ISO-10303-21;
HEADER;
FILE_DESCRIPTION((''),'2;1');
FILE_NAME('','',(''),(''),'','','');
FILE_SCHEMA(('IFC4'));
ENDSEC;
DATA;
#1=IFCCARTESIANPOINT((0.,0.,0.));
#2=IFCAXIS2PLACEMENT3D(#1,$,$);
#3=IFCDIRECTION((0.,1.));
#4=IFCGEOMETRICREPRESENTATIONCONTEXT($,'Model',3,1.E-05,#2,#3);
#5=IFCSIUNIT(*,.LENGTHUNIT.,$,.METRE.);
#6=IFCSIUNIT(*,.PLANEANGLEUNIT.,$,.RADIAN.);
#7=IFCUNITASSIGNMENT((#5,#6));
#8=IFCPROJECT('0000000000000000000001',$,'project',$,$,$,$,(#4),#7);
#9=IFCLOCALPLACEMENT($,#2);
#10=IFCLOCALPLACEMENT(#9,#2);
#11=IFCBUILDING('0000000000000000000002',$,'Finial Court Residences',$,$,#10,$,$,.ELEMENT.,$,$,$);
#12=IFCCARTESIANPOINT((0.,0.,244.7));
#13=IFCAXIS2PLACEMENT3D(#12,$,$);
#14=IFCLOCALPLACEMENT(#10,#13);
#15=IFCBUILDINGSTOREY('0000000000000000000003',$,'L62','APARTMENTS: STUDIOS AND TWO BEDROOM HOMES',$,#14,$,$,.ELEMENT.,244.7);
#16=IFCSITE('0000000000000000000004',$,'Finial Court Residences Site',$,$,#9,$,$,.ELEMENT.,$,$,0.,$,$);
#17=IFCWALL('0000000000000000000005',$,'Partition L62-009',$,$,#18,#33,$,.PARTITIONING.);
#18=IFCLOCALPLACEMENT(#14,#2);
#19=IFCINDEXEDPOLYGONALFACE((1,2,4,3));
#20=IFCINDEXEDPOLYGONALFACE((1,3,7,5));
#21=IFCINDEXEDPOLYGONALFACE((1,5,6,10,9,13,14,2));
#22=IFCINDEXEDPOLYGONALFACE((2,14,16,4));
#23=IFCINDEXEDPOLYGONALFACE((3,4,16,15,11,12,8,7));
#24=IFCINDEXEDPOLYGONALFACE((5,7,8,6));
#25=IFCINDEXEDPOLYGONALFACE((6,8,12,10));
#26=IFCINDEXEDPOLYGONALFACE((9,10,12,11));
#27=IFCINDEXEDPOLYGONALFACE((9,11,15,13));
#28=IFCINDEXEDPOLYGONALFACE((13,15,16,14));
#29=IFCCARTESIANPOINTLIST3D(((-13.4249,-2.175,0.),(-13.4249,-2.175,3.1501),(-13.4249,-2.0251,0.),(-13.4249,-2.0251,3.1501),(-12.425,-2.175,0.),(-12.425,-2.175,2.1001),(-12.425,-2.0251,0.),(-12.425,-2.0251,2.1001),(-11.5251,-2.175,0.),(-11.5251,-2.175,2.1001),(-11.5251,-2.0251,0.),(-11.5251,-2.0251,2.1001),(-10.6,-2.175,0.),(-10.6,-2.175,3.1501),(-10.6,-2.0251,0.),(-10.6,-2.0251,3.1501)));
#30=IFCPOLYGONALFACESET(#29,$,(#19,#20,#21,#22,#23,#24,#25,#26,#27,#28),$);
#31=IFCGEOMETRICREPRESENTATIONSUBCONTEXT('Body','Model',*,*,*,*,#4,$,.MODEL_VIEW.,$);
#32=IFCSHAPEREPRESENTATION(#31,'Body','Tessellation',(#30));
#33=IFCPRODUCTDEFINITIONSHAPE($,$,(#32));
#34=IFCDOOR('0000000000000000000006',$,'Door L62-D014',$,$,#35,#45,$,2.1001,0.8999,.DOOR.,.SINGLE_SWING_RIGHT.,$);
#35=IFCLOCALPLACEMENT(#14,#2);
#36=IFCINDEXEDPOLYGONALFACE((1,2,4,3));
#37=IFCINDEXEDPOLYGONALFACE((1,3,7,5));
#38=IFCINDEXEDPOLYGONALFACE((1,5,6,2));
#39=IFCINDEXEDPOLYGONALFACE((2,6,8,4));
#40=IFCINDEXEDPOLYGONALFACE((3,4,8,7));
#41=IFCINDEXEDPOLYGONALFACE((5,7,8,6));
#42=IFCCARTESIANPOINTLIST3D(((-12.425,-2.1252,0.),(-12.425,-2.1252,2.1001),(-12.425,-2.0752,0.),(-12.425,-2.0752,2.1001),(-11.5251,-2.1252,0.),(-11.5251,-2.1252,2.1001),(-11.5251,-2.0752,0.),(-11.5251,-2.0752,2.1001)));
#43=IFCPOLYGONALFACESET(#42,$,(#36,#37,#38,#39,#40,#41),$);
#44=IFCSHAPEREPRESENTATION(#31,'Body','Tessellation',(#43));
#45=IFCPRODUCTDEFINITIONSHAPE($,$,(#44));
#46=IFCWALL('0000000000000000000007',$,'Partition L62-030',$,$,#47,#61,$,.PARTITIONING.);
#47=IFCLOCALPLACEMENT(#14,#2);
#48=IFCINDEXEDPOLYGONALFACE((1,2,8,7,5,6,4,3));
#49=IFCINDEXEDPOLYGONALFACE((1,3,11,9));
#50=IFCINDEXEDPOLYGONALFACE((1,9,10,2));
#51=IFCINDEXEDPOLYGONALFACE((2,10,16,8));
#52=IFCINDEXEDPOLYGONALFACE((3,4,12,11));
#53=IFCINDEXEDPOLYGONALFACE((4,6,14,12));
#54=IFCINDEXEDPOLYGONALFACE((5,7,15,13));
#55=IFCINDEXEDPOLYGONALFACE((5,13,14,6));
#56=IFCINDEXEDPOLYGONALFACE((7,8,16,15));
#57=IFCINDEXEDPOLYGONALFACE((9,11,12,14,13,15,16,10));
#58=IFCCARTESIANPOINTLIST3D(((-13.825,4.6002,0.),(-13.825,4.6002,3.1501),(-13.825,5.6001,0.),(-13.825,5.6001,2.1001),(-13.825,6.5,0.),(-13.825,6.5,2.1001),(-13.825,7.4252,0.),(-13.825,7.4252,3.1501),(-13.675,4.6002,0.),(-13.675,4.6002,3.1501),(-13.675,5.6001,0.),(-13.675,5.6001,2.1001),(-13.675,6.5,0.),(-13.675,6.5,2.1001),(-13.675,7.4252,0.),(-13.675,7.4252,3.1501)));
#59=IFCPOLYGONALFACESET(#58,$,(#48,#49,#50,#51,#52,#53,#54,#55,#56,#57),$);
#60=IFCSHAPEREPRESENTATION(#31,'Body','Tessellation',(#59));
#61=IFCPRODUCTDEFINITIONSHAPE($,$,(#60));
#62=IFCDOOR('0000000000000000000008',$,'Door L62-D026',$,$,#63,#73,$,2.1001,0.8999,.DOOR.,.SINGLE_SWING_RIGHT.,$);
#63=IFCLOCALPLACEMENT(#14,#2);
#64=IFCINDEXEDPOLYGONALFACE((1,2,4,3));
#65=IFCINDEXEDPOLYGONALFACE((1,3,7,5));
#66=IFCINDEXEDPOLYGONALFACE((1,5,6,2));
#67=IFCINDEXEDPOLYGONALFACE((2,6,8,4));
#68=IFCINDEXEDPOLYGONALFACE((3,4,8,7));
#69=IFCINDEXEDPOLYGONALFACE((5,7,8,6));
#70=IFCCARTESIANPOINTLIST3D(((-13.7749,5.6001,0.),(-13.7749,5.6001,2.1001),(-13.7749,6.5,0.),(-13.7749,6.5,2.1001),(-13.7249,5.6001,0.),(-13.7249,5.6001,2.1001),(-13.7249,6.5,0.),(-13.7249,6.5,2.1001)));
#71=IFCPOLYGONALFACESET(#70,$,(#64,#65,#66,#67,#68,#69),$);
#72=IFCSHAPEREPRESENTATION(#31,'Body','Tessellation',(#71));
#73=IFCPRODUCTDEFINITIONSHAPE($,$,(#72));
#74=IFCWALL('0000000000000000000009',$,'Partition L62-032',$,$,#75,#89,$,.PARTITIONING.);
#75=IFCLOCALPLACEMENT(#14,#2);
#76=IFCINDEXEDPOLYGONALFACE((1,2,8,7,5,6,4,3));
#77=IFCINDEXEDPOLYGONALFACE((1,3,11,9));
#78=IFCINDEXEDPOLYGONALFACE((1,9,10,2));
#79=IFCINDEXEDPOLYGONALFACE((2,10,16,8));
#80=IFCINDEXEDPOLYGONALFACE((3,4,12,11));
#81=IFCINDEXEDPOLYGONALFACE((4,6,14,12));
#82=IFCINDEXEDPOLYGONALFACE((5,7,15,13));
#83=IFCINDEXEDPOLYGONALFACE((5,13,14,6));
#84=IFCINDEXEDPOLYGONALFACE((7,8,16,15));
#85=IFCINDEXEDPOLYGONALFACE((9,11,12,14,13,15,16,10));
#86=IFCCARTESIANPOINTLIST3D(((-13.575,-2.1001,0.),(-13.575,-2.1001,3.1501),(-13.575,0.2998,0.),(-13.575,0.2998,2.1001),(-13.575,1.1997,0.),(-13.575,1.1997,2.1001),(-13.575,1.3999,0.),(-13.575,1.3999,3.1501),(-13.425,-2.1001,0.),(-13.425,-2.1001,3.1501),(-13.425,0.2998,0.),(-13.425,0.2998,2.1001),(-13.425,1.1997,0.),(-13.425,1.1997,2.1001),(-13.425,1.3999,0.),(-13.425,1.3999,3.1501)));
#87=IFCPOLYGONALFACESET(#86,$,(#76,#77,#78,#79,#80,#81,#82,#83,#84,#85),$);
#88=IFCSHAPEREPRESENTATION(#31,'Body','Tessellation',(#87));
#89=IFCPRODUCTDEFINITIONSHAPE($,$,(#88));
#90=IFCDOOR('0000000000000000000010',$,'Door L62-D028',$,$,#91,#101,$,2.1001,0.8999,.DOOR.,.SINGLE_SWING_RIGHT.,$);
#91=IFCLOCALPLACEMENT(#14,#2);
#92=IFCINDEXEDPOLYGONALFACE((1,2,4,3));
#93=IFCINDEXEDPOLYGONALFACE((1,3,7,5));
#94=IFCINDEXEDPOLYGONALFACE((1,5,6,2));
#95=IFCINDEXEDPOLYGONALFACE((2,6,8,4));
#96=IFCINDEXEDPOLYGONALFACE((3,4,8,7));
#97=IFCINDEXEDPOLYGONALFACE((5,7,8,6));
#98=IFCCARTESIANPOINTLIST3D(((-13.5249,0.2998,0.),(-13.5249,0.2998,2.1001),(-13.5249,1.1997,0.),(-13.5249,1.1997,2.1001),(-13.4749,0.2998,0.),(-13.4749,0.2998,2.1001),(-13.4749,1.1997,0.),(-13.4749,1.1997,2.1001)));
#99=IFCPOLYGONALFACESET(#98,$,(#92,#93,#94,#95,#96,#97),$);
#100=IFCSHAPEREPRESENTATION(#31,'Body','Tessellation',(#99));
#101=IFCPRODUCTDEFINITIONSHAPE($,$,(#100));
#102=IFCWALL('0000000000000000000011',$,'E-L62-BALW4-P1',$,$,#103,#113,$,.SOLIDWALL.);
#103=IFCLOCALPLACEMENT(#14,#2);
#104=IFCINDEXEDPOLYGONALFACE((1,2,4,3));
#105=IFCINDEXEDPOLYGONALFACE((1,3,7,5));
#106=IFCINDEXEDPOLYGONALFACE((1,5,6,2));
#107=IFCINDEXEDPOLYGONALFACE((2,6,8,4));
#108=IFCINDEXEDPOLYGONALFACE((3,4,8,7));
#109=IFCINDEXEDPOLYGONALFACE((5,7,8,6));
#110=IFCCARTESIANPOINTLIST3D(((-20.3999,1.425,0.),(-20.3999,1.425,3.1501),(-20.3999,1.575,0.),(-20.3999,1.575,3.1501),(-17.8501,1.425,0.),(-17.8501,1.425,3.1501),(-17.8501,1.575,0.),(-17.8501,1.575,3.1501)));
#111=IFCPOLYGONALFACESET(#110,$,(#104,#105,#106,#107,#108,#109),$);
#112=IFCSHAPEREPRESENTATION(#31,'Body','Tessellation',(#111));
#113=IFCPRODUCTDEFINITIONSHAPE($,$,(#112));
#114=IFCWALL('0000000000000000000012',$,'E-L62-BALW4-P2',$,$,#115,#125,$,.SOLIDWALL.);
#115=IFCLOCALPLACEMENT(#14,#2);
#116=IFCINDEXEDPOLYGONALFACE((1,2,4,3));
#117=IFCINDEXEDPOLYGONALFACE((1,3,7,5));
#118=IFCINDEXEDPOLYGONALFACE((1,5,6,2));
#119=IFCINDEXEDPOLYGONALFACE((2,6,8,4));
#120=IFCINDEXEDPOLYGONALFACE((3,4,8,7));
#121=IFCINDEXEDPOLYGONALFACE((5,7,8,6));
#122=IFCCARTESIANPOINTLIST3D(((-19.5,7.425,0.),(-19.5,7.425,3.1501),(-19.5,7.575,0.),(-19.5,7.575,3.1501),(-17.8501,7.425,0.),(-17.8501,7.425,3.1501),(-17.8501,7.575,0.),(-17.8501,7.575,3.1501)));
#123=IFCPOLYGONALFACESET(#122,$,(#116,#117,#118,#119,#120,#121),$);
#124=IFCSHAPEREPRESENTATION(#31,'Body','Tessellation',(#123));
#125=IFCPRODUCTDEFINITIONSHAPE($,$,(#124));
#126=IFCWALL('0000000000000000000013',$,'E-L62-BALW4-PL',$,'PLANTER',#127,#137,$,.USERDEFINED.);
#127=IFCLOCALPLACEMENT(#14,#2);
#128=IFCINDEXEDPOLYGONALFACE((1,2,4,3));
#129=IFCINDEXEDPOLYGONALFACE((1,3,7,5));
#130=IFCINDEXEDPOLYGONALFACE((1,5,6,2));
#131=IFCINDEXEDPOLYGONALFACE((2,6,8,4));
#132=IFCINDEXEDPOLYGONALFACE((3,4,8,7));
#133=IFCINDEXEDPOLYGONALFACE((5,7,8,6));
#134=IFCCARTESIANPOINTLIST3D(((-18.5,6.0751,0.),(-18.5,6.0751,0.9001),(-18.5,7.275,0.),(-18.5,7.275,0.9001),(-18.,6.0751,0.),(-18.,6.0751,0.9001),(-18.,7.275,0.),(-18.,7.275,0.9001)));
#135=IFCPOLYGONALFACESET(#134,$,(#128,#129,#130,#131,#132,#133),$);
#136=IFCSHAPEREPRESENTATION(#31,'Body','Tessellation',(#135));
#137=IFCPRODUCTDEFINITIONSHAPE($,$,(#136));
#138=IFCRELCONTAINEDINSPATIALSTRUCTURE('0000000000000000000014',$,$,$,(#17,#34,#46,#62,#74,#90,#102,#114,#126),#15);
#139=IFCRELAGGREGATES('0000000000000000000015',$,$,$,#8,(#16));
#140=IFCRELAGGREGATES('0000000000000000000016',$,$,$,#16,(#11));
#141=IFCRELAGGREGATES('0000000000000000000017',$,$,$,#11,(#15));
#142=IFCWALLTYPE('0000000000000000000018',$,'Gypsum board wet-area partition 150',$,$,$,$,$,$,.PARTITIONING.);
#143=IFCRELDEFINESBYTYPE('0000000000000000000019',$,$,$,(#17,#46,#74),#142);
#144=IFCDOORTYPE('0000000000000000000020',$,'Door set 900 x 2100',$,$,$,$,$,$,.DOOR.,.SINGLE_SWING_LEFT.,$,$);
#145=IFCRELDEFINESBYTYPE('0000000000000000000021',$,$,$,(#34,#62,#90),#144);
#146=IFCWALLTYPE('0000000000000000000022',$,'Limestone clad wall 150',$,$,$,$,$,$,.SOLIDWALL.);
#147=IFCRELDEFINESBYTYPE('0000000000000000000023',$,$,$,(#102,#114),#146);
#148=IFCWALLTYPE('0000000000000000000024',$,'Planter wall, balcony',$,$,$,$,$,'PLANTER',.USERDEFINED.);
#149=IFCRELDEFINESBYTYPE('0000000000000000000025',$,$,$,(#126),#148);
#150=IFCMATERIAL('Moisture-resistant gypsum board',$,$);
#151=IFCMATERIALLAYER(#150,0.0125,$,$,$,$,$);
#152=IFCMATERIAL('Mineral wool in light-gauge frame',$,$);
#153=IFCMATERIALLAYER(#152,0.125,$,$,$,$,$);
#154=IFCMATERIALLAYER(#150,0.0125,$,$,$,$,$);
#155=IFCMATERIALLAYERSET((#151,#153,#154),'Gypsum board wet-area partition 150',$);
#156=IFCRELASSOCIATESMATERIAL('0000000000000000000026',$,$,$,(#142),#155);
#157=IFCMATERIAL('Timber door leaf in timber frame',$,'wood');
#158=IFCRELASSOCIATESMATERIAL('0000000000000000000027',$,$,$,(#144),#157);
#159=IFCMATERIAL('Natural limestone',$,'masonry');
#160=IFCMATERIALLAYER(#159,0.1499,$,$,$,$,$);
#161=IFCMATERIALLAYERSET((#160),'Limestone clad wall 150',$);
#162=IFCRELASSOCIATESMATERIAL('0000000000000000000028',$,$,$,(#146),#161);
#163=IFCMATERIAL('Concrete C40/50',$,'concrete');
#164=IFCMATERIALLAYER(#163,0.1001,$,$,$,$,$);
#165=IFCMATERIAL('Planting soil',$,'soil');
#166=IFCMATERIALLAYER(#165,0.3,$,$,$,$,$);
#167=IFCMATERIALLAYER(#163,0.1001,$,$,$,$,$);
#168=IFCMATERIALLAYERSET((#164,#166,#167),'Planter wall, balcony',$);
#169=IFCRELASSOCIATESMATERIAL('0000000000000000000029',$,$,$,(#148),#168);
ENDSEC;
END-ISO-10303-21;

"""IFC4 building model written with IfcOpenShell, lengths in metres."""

from ifc_helpers import new_model, si_unit, direction, frame, frame_2d, origin, place, context, subcontext, project, spatial, rectangle, extrude, material, layer, layer_set, type_object, element, fill, save


model = new_model("IFC4")

# Units and contexts
model_context = context("Model", 3, precision=1e-05, world=origin(), true_north=direction((0.0, 1.0)))
body_context = subcontext(model_context, "Body", "Model", "MODEL_VIEW")
ifc_project = project(units=[si_unit("LENGTHUNIT", "METRE"), si_unit("PLANEANGLEUNIT", "RADIAN")], contexts=[model_context])

# Site, building, storey
site_placement = place(None, origin())
site = spatial("IfcSite", under=ifc_project, at=site_placement, Name="Finial Court Residences Site", CompositionType="ELEMENT", RefElevation=0.0)
building_placement = place(site_placement, origin())
building = spatial("IfcBuilding", under=site, at=building_placement, Name="Finial Court Residences", CompositionType="ELEMENT")
storey_placement = place(building_placement, frame((0.0, 0.0, 244.7)))
storey = spatial("IfcBuildingStorey", under=building, at=storey_placement, Name="L62", Description="APARTMENTS: STUDIOS AND TWO BEDROOM HOMES", CompositionType="ELEMENT", Elevation=244.7)

# Shared definitions
ifc_material_1 = material(Name="Mineral wool in light-gauge frame")

# Walls, openings, doors
ifc_material_2 = material(Name="Moisture-resistant gypsum board")
ifc_layer_1 = layer(ifc_material_2, 0.0125)
ifc_layer_2 = layer(ifc_material_1, 0.125)
ifc_layer_3 = layer(ifc_material_2, 0.0125)
ifc_layer_set_1 = layer_set([ifc_layer_1, ifc_layer_2, ifc_layer_3], Name="Gypsum board wet-area partition 150")
wall_type_1 = type_object("IfcWallType", Name="Gypsum board wet-area partition 150", PredefinedType="PARTITIONING", material=ifc_layer_set_1)
wall_1_placement = place(storey_placement, frame((-13.425, -2.1001, 0.0), z_axis=(0.0, 0.0, 1.0), x_axis=(1.0, 0.0, 0.0)))
wall_1 = element("IfcWall", 1, at=wall_1_placement, inside=storey, type_object=wall_type_1, Name="Partition L62-009", PredefinedType="PARTITIONING", context=body_context, shape_type="SweptSolid", body=[
    extrude(rectangle(XDim=2.825, YDim=0.1499, at=frame_2d((1.4126, 0.0))), origin(), (0.0, 0.0, 1.0), 3.1501),
])
opening_1_placement = place(wall_1_placement, frame((1.0, 0.0, 0.0)))
opening_1 = element("IfcOpeningElement", 2, at=opening_1_placement, cuts=wall_1, PredefinedType="OPENING", context=body_context, shape_type="SweptSolid", body=[
    extrude(rectangle(XDim=0.8999, YDim=2.1001, at=frame_2d((0.45, 1.05))), frame((0.0, 0.085, 0.0), z_axis=(0.0, -1.0, 0.0), x_axis=(1.0, 0.0, 0.0)), (0.0, 0.0, 1.0), 0.1699),
])
ifc_material_3 = material(Name="Timber door leaf in timber frame", Category="wood")
door_type_1 = type_object("IfcDoorType", Name="Door set 900 x 2100", OperationType="SINGLE_SWING_LEFT", PredefinedType="DOOR", material=ifc_material_3)
door_1_placement = place(opening_1_placement, origin())
door_1 = element("IfcDoor", 3, at=door_1_placement, inside=storey, type_object=door_type_1, Name="Door L62-D014", OperationType="SINGLE_SWING_RIGHT", OverallHeight=2.1001, OverallWidth=0.8999, PredefinedType="DOOR", context=body_context, shape_type="SweptSolid", body=[
    extrude(rectangle(XDim=0.8999, YDim=2.1001, at=frame_2d((0.45, 1.05))), frame((0.0, 0.0249, 0.0), z_axis=(0.0, -1.0, 0.0), x_axis=(1.0, 0.0, 0.0)), (0.0, 0.0, 1.0), 0.05),
])
fill(opening_1, door_1)
wall_2_placement = place(storey_placement, frame((-13.75, 4.6001, 0.0), z_axis=(0.0, 0.0, 1.0), x_axis=(0.0, 1.0, 0.0)))
wall_2 = element("IfcWall", 4, at=wall_2_placement, inside=storey, type_object=wall_type_1, Name="Partition L62-030", PredefinedType="PARTITIONING", context=body_context, shape_type="SweptSolid", body=[
    extrude(rectangle(XDim=2.825, YDim=0.1499, at=frame_2d((1.4126, 0.0))), origin(), (0.0, 0.0, 1.0), 3.1501),
])
opening_2_placement = place(wall_2_placement, frame((1.0, 0.0, 0.0)))
opening_2 = element("IfcOpeningElement", 5, at=opening_2_placement, cuts=wall_2, PredefinedType="OPENING", context=body_context, shape_type="SweptSolid", body=[
    extrude(rectangle(XDim=0.8999, YDim=2.1001, at=frame_2d((0.45, 1.05))), frame((0.0, 0.085, 0.0), z_axis=(0.0, -1.0, 0.0), x_axis=(1.0, 0.0, 0.0)), (0.0, 0.0, 1.0), 0.1699),
])
door_2_placement = place(opening_2_placement, origin())
door_2 = element("IfcDoor", 6, at=door_2_placement, inside=storey, type_object=door_type_1, Name="Door L62-D026", OperationType="SINGLE_SWING_RIGHT", OverallHeight=2.1001, OverallWidth=0.8999, PredefinedType="DOOR", context=body_context, shape_type="SweptSolid", body=[
    extrude(rectangle(XDim=0.8999, YDim=2.1001, at=frame_2d((0.45, 1.05))), frame((0.0, 0.0249, 0.0), z_axis=(0.0, -1.0, 0.0), x_axis=(1.0, 0.0, 0.0)), (0.0, 0.0, 1.0), 0.05),
])
fill(opening_2, door_2)
wall_3_placement = place(storey_placement, frame((-13.5, -2.1001, 0.0), z_axis=(0.0, 0.0, 1.0), x_axis=(0.0, 1.0, 0.0)))
wall_3 = element("IfcWall", 7, at=wall_3_placement, inside=storey, type_object=wall_type_1, Name="Partition L62-032", PredefinedType="PARTITIONING", context=body_context, shape_type="SweptSolid", body=[
    extrude(rectangle(XDim=3.5, YDim=0.1499, at=frame_2d((1.75, 0.0))), origin(), (0.0, 0.0, 1.0), 3.1501),
])
opening_3_placement = place(wall_3_placement, frame((2.3999, 0.0, 0.0)))
opening_3 = element("IfcOpeningElement", 8, at=opening_3_placement, cuts=wall_3, PredefinedType="OPENING", context=body_context, shape_type="SweptSolid", body=[
    extrude(rectangle(XDim=0.8999, YDim=2.1001, at=frame_2d((0.45, 1.05))), frame((0.0, 0.085, 0.0), z_axis=(0.0, -1.0, 0.0), x_axis=(1.0, 0.0, 0.0)), (0.0, 0.0, 1.0), 0.1699),
])
door_3_placement = place(opening_3_placement, origin())
door_3 = element("IfcDoor", 9, at=door_3_placement, inside=storey, type_object=door_type_1, Name="Door L62-D028", OperationType="SINGLE_SWING_RIGHT", OverallHeight=2.1001, OverallWidth=0.8999, PredefinedType="DOOR", context=body_context, shape_type="SweptSolid", body=[
    extrude(rectangle(XDim=0.8999, YDim=2.1001, at=frame_2d((0.45, 1.05))), frame((0.0, 0.0249, 0.0), z_axis=(0.0, -1.0, 0.0), x_axis=(1.0, 0.0, 0.0)), (0.0, 0.0, 1.0), 0.05),
])
fill(opening_3, door_3)

# Walls
ifc_material_4 = material(Name="Natural limestone", Category="masonry")
ifc_layer_4 = layer(ifc_material_4, 0.1499)
ifc_layer_set_2 = layer_set([ifc_layer_4], Name="Limestone clad wall 150")
wall_type_2 = type_object("IfcWallType", Name="Limestone clad wall 150", PredefinedType="SOLIDWALL", material=ifc_layer_set_2)
wall_4_placement = place(storey_placement, frame((-17.8501, 1.5, 0.0), z_axis=(0.0, 0.0, 1.0), x_axis=(-1.0, 0.0, 0.0)))
element("IfcWall", 10, at=wall_4_placement, inside=storey, type_object=wall_type_2, Name="E-L62-BALW4-P1", PredefinedType="SOLIDWALL", context=body_context, shape_type="SweptSolid", body=[
    extrude(rectangle(XDim=2.5498, YDim=0.1499, at=frame_2d((1.2749, 0.0))), origin(), (0.0, 0.0, 1.0), 3.1501),
])
wall_5_placement = place(storey_placement, frame((-17.8501, 7.5, 0.0), z_axis=(0.0, 0.0, 1.0), x_axis=(-1.0, 0.0, 0.0)))
element("IfcWall", 11, at=wall_5_placement, inside=storey, type_object=wall_type_2, Name="E-L62-BALW4-P2", PredefinedType="SOLIDWALL", context=body_context, shape_type="SweptSolid", body=[
    extrude(rectangle(XDim=1.6499, YDim=0.1499, at=frame_2d((0.825, 0.0))), origin(), (0.0, 0.0, 1.0), 3.1501),
])

# Wall
ifc_material_5 = material(Name="Concrete C40/50", Category="concrete")
ifc_layer_5 = layer(ifc_material_5, 0.1001)
ifc_material_6 = material(Name="Planting soil", Category="soil")
ifc_layer_6 = layer(ifc_material_6, 0.3)
ifc_layer_7 = layer(ifc_material_5, 0.1001)
ifc_layer_set_3 = layer_set([ifc_layer_5, ifc_layer_6, ifc_layer_7], Name="Planter wall, balcony")
wall_type_3 = type_object("IfcWallType", Name="Planter wall, balcony", ElementType="PLANTER", PredefinedType="USERDEFINED", material=ifc_layer_set_3)
wall_6_placement = place(storey_placement, frame((-18.25, 6.075, 0.0), z_axis=(0.0, 0.0, 1.0), x_axis=(0.0, 1.0, 0.0)))
element("IfcWall", 12, at=wall_6_placement, inside=storey, type_object=wall_type_3, Name="E-L62-BALW4-PL", ObjectType="PLANTER", PredefinedType="USERDEFINED", context=body_context, shape_type="SweptSolid", body=[
    extrude(rectangle(XDim=1.2, YDim=0.5, at=frame_2d((0.6001, 0.0))), origin(), (0.0, 0.0, 1.0), 0.9001),
])

save(model, "model.ifc")
